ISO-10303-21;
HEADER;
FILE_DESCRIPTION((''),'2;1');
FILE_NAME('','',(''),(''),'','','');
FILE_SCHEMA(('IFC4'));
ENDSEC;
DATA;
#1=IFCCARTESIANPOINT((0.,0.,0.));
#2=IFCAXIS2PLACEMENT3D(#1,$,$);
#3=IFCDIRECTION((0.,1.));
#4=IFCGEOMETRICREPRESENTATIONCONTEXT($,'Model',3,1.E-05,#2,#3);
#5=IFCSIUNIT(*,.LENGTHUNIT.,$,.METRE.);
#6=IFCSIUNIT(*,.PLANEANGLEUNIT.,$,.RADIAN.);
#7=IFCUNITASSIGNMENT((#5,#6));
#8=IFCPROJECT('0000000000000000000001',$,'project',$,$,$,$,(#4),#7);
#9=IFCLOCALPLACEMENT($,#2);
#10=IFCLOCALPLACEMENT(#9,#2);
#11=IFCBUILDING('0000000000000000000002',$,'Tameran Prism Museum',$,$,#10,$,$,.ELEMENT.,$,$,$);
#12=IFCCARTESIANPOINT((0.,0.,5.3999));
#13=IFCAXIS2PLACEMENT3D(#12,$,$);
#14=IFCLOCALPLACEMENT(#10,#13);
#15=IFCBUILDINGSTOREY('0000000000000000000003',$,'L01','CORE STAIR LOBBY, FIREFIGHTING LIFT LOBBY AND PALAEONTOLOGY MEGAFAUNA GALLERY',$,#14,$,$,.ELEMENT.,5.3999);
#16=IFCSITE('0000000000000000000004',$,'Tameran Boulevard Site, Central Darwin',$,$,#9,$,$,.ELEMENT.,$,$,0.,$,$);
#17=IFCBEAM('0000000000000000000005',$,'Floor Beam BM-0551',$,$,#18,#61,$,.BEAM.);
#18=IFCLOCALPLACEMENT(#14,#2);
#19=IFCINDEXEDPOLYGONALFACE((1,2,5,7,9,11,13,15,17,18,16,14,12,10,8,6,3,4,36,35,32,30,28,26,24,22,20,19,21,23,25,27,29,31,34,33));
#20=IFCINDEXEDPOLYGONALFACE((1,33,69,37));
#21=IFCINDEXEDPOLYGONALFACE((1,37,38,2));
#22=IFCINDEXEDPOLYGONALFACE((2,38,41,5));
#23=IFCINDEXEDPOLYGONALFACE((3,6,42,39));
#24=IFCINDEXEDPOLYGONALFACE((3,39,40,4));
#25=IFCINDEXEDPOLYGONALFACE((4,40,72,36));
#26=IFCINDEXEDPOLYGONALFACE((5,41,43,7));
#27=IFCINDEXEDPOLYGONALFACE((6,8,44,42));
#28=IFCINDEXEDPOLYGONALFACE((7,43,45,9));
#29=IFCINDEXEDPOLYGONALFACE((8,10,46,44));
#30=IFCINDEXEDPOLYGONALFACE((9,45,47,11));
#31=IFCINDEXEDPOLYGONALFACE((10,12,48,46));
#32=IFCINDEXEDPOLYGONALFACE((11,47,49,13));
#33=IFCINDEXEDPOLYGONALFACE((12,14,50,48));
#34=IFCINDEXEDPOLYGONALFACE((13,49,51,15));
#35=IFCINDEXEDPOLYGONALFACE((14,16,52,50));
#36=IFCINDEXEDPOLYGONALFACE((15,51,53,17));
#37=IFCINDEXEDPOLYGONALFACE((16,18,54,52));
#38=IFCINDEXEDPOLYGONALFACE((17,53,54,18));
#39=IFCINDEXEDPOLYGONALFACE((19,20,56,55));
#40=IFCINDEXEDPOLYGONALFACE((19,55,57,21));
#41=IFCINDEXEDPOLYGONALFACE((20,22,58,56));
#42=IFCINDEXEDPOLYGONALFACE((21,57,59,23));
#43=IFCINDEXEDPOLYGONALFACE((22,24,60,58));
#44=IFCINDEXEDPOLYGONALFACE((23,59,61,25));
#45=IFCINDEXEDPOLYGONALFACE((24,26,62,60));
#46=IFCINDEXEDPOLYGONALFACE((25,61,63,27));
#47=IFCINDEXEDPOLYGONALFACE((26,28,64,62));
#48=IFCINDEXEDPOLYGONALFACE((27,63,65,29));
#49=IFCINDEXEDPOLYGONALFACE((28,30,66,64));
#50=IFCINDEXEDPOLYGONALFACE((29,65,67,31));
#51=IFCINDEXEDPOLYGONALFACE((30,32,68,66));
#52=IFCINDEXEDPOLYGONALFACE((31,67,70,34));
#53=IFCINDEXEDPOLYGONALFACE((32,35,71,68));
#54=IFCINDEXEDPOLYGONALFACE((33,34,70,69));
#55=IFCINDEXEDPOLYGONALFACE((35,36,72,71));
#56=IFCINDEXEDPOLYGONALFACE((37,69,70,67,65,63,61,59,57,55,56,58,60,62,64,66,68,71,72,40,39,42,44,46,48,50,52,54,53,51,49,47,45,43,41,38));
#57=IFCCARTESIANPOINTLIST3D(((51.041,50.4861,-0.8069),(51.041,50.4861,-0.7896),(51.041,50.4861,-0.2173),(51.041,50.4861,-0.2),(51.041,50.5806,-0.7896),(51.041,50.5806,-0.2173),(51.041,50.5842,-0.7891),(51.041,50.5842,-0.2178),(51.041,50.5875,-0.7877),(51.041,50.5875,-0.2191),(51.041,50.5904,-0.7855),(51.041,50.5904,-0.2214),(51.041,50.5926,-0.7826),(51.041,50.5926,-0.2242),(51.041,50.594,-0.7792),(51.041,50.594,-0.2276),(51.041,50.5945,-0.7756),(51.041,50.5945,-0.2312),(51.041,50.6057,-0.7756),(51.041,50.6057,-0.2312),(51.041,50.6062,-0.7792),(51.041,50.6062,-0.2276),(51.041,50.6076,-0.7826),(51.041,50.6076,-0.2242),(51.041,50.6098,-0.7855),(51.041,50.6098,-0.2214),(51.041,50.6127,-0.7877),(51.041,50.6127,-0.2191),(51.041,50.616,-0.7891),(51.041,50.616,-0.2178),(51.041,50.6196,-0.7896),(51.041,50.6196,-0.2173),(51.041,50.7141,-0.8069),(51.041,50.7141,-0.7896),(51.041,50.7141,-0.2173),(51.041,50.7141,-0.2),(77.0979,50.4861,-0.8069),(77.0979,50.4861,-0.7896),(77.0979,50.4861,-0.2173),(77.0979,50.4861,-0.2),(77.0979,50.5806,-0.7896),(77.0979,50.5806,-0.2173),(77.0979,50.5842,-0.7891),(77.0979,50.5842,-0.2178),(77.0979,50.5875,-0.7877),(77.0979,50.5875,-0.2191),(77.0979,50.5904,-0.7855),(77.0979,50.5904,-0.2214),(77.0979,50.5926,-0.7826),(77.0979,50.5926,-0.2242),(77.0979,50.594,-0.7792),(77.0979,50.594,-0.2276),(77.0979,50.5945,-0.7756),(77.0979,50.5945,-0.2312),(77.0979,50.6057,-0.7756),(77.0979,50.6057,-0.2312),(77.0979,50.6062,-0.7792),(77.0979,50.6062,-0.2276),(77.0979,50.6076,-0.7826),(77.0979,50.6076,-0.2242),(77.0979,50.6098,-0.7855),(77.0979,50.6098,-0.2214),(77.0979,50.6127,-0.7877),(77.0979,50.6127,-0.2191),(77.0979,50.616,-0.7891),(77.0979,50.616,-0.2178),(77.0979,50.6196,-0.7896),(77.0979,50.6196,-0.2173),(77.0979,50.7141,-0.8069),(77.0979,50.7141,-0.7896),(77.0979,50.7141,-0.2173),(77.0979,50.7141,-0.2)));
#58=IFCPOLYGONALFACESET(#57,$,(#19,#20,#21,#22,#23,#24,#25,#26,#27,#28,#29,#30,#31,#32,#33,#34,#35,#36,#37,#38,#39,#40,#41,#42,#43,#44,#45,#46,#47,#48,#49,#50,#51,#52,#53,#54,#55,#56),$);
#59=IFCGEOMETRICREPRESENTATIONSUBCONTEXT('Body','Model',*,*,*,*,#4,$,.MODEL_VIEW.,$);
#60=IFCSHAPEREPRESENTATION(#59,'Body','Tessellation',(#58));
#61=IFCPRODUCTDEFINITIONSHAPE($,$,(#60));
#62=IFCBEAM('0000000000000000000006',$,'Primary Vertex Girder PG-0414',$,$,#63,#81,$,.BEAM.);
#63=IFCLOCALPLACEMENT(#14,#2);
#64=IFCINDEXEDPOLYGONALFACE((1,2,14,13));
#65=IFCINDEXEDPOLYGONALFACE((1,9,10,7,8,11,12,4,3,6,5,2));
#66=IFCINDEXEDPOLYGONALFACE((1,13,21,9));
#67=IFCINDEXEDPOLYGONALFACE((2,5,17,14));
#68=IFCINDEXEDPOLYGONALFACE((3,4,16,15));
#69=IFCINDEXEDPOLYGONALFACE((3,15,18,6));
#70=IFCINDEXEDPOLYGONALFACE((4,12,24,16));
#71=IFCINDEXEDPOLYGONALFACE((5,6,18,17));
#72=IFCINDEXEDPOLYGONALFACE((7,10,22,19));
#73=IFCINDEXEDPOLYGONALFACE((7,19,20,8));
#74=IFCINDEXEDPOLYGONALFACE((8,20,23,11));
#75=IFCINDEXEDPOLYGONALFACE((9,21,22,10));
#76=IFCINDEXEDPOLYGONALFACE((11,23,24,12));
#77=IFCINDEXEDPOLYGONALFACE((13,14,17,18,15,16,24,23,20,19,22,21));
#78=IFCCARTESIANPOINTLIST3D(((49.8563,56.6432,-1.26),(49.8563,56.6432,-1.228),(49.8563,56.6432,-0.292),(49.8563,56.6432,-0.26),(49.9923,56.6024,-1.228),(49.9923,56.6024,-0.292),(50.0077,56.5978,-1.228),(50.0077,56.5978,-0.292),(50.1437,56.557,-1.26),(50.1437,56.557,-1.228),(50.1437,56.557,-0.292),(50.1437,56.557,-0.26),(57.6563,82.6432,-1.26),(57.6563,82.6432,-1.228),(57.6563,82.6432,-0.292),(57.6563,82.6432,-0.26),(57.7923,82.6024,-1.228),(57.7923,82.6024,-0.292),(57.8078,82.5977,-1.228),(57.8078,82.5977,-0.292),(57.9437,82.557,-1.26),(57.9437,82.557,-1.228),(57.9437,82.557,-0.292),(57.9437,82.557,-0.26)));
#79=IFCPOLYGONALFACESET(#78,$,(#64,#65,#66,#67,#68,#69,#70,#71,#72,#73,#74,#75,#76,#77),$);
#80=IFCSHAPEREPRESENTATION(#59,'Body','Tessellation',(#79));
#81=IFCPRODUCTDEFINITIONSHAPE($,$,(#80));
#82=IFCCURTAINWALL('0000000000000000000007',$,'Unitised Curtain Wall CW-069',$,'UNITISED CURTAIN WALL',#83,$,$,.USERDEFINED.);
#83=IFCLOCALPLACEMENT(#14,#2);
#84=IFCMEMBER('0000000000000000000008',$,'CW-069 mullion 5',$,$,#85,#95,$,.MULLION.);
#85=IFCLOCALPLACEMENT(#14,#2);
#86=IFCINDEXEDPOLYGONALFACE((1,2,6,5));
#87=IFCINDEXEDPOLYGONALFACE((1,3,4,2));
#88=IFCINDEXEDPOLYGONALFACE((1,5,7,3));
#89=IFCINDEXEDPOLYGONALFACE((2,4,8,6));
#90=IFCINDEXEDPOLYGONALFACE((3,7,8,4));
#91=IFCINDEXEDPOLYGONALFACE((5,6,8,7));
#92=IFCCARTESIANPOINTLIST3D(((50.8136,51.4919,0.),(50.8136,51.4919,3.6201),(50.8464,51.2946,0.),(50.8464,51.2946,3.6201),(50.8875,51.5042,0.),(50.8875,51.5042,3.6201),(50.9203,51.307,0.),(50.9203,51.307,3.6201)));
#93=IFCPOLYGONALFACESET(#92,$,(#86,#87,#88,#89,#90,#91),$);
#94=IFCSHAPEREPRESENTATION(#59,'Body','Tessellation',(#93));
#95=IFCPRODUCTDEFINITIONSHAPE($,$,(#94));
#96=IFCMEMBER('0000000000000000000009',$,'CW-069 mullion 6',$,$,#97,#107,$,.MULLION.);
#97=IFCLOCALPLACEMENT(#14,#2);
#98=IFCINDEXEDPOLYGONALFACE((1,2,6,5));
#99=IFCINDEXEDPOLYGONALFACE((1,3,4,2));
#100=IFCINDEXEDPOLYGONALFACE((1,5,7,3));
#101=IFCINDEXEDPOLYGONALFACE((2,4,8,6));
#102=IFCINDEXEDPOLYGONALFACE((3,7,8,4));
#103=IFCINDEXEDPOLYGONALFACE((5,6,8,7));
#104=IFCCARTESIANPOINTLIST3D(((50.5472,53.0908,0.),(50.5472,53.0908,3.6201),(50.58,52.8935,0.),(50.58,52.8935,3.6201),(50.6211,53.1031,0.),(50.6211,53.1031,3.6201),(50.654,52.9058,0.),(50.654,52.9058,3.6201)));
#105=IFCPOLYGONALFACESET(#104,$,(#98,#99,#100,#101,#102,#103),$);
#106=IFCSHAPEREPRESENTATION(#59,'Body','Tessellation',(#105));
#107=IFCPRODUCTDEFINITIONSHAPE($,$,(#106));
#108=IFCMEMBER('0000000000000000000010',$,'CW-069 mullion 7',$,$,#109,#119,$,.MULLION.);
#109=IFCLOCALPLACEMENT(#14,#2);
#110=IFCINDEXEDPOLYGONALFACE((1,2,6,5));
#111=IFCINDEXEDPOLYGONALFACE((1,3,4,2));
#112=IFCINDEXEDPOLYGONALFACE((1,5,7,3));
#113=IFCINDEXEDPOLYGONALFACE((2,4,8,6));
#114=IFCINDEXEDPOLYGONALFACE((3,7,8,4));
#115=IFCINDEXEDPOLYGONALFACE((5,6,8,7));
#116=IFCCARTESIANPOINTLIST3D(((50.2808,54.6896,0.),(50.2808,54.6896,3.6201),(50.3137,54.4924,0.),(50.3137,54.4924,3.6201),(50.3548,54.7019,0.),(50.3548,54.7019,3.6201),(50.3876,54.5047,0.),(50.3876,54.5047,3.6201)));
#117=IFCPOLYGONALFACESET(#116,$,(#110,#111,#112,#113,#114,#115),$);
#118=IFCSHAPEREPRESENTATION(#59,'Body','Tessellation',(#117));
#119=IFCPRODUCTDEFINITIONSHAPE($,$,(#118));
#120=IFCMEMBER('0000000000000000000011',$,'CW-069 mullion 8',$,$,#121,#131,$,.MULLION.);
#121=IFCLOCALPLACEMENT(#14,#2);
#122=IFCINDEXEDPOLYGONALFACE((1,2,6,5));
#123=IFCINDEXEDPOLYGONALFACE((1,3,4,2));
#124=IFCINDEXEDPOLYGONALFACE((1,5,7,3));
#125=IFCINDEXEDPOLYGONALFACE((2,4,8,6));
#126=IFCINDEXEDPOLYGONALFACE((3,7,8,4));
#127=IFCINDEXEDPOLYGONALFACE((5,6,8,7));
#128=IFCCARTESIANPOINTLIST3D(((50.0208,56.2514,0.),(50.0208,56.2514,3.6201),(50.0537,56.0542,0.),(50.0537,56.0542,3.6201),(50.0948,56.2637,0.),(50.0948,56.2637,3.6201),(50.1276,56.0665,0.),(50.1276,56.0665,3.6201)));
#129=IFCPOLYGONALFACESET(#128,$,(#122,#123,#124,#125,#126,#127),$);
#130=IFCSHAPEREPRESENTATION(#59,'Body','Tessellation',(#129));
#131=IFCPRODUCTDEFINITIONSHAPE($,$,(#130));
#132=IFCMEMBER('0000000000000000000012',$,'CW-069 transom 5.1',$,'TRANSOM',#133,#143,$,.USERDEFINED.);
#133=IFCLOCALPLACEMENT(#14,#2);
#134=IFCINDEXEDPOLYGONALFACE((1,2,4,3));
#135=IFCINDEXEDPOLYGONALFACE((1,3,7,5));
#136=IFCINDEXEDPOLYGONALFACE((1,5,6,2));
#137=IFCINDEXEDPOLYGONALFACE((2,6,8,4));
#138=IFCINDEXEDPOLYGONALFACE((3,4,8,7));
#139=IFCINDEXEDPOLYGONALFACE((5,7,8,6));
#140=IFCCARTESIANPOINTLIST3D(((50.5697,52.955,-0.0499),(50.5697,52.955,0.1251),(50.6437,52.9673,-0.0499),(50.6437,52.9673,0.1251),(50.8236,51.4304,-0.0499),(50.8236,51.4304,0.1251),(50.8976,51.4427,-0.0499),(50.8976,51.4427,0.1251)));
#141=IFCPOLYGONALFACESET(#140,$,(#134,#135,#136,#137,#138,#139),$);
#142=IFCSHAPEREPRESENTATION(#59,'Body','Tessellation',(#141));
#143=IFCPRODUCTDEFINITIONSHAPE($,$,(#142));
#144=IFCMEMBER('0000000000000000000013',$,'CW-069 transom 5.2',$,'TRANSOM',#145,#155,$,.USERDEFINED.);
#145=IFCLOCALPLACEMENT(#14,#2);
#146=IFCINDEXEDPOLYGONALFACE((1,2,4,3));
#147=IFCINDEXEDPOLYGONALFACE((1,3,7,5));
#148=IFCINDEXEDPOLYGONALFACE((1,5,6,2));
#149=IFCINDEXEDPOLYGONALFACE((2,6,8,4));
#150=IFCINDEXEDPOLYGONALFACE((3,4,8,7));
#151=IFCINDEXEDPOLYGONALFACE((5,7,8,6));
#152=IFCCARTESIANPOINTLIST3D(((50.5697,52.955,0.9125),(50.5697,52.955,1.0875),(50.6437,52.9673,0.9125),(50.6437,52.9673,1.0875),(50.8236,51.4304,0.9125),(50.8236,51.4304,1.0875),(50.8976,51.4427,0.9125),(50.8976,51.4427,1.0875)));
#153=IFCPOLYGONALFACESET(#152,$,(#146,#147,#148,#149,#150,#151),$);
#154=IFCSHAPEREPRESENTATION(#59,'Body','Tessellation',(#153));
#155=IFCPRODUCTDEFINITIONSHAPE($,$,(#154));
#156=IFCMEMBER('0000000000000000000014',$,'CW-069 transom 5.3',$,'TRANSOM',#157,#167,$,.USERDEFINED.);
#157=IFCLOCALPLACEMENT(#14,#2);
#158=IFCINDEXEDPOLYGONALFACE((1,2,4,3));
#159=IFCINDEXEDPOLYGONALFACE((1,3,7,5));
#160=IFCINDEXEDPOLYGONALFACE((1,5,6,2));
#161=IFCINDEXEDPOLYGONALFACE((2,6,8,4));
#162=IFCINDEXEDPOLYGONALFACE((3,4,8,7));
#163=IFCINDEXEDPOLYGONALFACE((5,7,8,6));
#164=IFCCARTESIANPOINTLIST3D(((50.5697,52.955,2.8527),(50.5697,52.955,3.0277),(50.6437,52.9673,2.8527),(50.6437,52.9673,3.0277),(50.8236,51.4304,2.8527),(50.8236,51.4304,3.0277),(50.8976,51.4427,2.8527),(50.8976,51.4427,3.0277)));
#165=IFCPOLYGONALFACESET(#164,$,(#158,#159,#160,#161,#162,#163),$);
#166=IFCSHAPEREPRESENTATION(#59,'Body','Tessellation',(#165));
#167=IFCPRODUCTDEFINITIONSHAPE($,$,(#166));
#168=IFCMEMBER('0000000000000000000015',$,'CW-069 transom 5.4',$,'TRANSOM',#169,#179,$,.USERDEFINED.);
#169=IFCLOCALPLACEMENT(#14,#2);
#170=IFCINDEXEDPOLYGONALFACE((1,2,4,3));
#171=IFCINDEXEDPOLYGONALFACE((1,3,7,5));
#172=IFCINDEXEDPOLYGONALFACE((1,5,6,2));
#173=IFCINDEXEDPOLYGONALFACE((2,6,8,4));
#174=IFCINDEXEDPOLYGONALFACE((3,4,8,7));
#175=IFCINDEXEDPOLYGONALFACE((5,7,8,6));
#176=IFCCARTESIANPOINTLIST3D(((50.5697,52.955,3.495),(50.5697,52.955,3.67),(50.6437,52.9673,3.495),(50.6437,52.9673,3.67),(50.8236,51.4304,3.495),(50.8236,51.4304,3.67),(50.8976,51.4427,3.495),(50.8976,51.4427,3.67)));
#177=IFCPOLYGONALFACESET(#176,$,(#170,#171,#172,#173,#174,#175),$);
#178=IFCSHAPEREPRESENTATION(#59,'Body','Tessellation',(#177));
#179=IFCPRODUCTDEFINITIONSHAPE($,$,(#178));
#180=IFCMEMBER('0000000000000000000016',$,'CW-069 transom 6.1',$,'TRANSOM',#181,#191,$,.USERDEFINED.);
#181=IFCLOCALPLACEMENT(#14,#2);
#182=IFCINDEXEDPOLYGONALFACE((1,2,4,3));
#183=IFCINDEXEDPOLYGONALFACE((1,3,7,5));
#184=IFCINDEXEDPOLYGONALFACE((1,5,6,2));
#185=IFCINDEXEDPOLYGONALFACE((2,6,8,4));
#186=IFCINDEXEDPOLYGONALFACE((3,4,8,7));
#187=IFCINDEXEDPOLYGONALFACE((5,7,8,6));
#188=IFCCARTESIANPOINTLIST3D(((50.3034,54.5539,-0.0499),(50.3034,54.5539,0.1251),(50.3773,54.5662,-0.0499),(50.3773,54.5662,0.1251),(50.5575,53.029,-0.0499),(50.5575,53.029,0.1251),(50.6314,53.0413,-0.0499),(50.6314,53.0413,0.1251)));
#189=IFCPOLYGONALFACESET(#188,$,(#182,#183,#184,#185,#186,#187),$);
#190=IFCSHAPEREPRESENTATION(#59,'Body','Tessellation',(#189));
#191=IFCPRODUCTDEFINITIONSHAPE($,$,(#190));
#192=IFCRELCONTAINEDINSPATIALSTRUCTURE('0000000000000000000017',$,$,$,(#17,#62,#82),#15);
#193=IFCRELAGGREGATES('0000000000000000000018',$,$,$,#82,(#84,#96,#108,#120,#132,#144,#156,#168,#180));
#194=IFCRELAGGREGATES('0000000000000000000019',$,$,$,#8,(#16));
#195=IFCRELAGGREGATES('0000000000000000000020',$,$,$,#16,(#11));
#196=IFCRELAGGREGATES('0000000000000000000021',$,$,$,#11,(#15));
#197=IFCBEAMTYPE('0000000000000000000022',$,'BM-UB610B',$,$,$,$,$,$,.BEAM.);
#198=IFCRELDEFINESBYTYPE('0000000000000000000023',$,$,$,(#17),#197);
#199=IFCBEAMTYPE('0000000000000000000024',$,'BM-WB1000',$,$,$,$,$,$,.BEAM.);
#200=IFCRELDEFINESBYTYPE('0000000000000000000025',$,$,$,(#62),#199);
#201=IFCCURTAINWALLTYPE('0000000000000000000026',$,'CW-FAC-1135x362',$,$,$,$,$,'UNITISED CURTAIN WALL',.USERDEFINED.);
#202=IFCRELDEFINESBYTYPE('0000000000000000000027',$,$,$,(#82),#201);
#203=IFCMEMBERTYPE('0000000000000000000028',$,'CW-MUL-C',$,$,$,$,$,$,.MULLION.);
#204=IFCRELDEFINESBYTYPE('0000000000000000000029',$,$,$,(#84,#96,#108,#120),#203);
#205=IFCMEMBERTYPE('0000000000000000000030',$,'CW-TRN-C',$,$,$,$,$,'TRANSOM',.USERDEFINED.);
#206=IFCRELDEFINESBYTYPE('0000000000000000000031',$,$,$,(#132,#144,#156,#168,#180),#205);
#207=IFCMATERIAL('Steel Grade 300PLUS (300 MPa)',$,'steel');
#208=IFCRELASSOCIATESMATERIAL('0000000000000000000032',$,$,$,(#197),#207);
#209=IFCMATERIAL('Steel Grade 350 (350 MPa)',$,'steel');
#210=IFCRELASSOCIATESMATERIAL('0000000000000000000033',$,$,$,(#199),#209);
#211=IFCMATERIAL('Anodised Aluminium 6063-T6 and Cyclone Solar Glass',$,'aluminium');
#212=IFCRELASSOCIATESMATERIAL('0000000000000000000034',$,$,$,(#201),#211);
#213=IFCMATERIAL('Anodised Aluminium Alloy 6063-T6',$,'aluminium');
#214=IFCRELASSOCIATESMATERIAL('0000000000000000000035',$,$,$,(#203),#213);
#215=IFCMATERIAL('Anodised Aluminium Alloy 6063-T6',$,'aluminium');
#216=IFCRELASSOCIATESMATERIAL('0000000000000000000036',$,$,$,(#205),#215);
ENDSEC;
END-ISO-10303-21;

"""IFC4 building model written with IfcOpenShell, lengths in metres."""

from ifc_helpers import new_model, si_unit, direction, frame, origin, origin_2d, place, context, subcontext, project, spatial, rectangle, i_section, extrude, material, material_profile, profile_set, type_object, element, aggregate, save


model = new_model("IFC4")

# Units and contexts
model_context = context("Model", 3, precision=1e-05, world=origin(), true_north=direction((0.0, 1.0)))
body_context = subcontext(model_context, "Body", "Model", "MODEL_VIEW")
ifc_project = project(units=[si_unit("LENGTHUNIT", "METRE"), si_unit("PLANEANGLEUNIT", "RADIAN")], contexts=[model_context])

# Site, building, storey
site_placement = place(None, origin())
site = spatial("IfcSite", under=ifc_project, at=site_placement, Name="Tameran Boulevard Site, Central Darwin", CompositionType="ELEMENT", RefElevation=0.0)
building_placement = place(site_placement, origin())
building = spatial("IfcBuilding", under=site, at=building_placement, Name="Tameran Prism Museum", CompositionType="ELEMENT")
storey_placement = place(building_placement, frame((0.0, 0.0, 5.3999)))
storey = spatial("IfcBuildingStorey", under=building, at=storey_placement, Name="L01", Description="CORE STAIR LOBBY, FIREFIGHTING LIFT LOBBY AND PALAEONTOLOGY MEGAFAUNA GALLERY", CompositionType="ELEMENT", Elevation=5.3999)

# Beams
ifc_material_1 = material(Name="Steel Grade 300PLUS (300 MPa)", Category="steel")
ifc_material_profile_1 = material_profile(ifc_material_1, i_section(OverallWidth=0.228, OverallDepth=0.6069, WebThickness=0.0112, FlangeThickness=0.0173, FilletRadius=0.0139, at=origin_2d()))
ifc_profile_set_1 = profile_set([ifc_material_profile_1])
beam_type_1 = type_object("IfcBeamType", Name="BM-UB610B", PredefinedType="BEAM", material=ifc_profile_set_1)
beam_1_placement = place(storey_placement, frame((51.041, 50.6001, -0.5034), z_axis=(1.0, 0.0, 0.0), x_axis=(0.0, 1.0, 0.0)))
element("IfcBeam", 1, at=beam_1_placement, inside=storey, type_object=beam_type_1, Name="Floor Beam BM-0551", PredefinedType="BEAM", context=body_context, shape_type="SweptSolid", body=[
    extrude(i_section(OverallWidth=0.228, OverallDepth=0.6069, WebThickness=0.0112, FlangeThickness=0.0173, FilletRadius=0.0139, at=origin_2d()), origin(), (0.0, 0.0, 1.0), 26.0569),
])
ifc_material_2 = material(Name="Steel Grade 350 (350 MPa)", Category="steel")
ifc_material_profile_2 = material_profile(ifc_material_2, i_section(OverallWidth=0.3, OverallDepth=1.0, WebThickness=0.0161, FlangeThickness=0.032, at=origin_2d()))
ifc_profile_set_2 = profile_set([ifc_material_profile_2])
beam_type_2 = type_object("IfcBeamType", Name="BM-WB1000", PredefinedType="BEAM", material=ifc_profile_set_2)
beam_2_placement = place(storey_placement, frame((50.0, 56.6001, -0.76), z_axis=(0.28735, 0.957826, 0.0), x_axis=(-0.957826, 0.28735, 0.0)))
element("IfcBeam", 2, at=beam_2_placement, inside=storey, type_object=beam_type_2, Name="Primary Vertex Girder PG-0414", PredefinedType="BEAM", context=body_context, shape_type="SweptSolid", body=[
    extrude(i_section(OverallWidth=0.3, OverallDepth=1.0, WebThickness=0.0161, FlangeThickness=0.032, at=origin_2d()), origin(), (0.0, 0.0, 1.0), 27.1448),
])

# Curtain wall, members
ifc_material_3 = material(Name="Anodised Aluminium 6063-T6 and Cyclone Solar Glass", Category="aluminium")
curtain_wall_type = type_object("IfcCurtainWallType", Name="CW-FAC-1135x362", ElementType="UNITISED CURTAIN WALL", PredefinedType="USERDEFINED", material=ifc_material_3)
curtain_wall_placement = place(storey_placement, origin())
curtain_wall = element("IfcCurtainWall", 3, at=curtain_wall_placement, inside=storey, type_object=curtain_wall_type, Name="Unitised Curtain Wall CW-069", ObjectType="UNITISED CURTAIN WALL", PredefinedType="USERDEFINED")
ifc_material_4 = material(Name="Anodised Aluminium Alloy 6063-T6", Category="aluminium")
ifc_material_profile_3 = material_profile(ifc_material_4, rectangle(XDim=0.075, YDim=0.2, at=origin_2d()))
ifc_profile_set_3 = profile_set([ifc_material_profile_3])
member_type_1 = type_object("IfcMemberType", Name="CW-MUL-C", PredefinedType="MULLION", material=ifc_profile_set_3)
member_1_placement = place(storey_placement, frame((50.8669, 51.3994, 0.0), z_axis=(0.0, 0.0, 1.0), x_axis=(-0.986413, -0.164285, 0.0)))
member_1 = element("IfcMember", 4, at=member_1_placement, type_object=member_type_1, Name="CW-069 mullion 5", PredefinedType="MULLION", context=body_context, shape_type="SweptSolid", body=[
    extrude(rectangle(XDim=0.075, YDim=0.2, at=origin_2d()), origin(), (0.0, 0.0, 1.0), 3.6201),
])
member_2_placement = place(storey_placement, frame((50.6006, 52.9983, 0.0), z_axis=(0.0, 0.0, 1.0), x_axis=(-0.986413, -0.164285, 0.0)))
member_2 = element("IfcMember", 5, at=member_2_placement, type_object=member_type_1, Name="CW-069 mullion 6", PredefinedType="MULLION", context=body_context, shape_type="SweptSolid", body=[
    extrude(rectangle(XDim=0.075, YDim=0.2, at=origin_2d()), origin(), (0.0, 0.0, 1.0), 3.6201),
])
member_3_placement = place(storey_placement, frame((50.3342, 54.5972, 0.0), z_axis=(0.0, 0.0, 1.0), x_axis=(-0.986413, -0.164285, 0.0)))
member_3 = element("IfcMember", 6, at=member_3_placement, type_object=member_type_1, Name="CW-069 mullion 7", PredefinedType="MULLION", context=body_context, shape_type="SweptSolid", body=[
    extrude(rectangle(XDim=0.075, YDim=0.2, at=origin_2d()), origin(), (0.0, 0.0, 1.0), 3.6201),
])
member_4_placement = place(storey_placement, frame((50.0742, 56.1589, 0.0), z_axis=(0.0, 0.0, 1.0), x_axis=(-0.986413, -0.164285, 0.0)))
member_4 = element("IfcMember", 7, at=member_4_placement, type_object=member_type_1, Name="CW-069 mullion 8", PredefinedType="MULLION", context=body_context, shape_type="SweptSolid", body=[
    extrude(rectangle(XDim=0.075, YDim=0.2, at=origin_2d()), origin(), (0.0, 0.0, 1.0), 3.6201),
])
ifc_material_5 = material(Name="Anodised Aluminium Alloy 6063-T6", Category="aluminium")
ifc_material_profile_4 = material_profile(ifc_material_5, rectangle(XDim=0.075, YDim=0.175, at=origin_2d()))
ifc_profile_set_4 = profile_set([ifc_material_profile_4])
member_type_2 = type_object("IfcMemberType", Name="CW-TRN-C", ElementType="TRANSOM", PredefinedType="USERDEFINED", material=ifc_profile_set_4)
member_5_placement = place(storey_placement, frame((50.8606, 51.4365, 0.0376), z_axis=(-0.164271, 0.986415, 0.0), x_axis=(-0.986415, -0.164271, 0.0)))
member_5 = element("IfcMember", 8, at=member_5_placement, type_object=member_type_2, Name="CW-069 transom 5.1", ObjectType="TRANSOM", PredefinedType="USERDEFINED", context=body_context, shape_type="SweptSolid", body=[
    extrude(rectangle(XDim=0.075, YDim=0.175, at=origin_2d()), origin(), (0.0, 0.0, 1.0), 1.5457),
])
member_6_placement = place(storey_placement, frame((50.8606, 51.4365, 1.0), z_axis=(-0.164271, 0.986415, 0.0), x_axis=(-0.986415, -0.164271, 0.0)))
member_6 = element("IfcMember", 9, at=member_6_placement, type_object=member_type_2, Name="CW-069 transom 5.2", ObjectType="TRANSOM", PredefinedType="USERDEFINED", context=body_context, shape_type="SweptSolid", body=[
    extrude(rectangle(XDim=0.075, YDim=0.175, at=origin_2d()), origin(), (0.0, 0.0, 1.0), 1.5457),
])
member_7_placement = place(storey_placement, frame((50.8606, 51.4365, 2.9402), z_axis=(-0.164271, 0.986415, 0.0), x_axis=(-0.986415, -0.164271, 0.0)))
member_7 = element("IfcMember", 10, at=member_7_placement, type_object=member_type_2, Name="CW-069 transom 5.3", ObjectType="TRANSOM", PredefinedType="USERDEFINED", context=body_context, shape_type="SweptSolid", body=[
    extrude(rectangle(XDim=0.075, YDim=0.175, at=origin_2d()), origin(), (0.0, 0.0, 1.0), 1.5457),
])
member_8_placement = place(storey_placement, frame((50.8606, 51.4365, 3.5825), z_axis=(-0.164271, 0.986415, 0.0), x_axis=(-0.986415, -0.164271, 0.0)))
member_8 = element("IfcMember", 11, at=member_8_placement, type_object=member_type_2, Name="CW-069 transom 5.4", ObjectType="TRANSOM", PredefinedType="USERDEFINED", context=body_context, shape_type="SweptSolid", body=[
    extrude(rectangle(XDim=0.075, YDim=0.175, at=origin_2d()), origin(), (0.0, 0.0, 1.0), 1.5457),
])
member_9_placement = place(storey_placement, frame((50.5945, 53.0352, 0.0376), z_axis=(-0.164399, 0.986394, 0.0), x_axis=(-0.986394, -0.164399, 0.0)))
member_9 = element("IfcMember", 12, at=member_9_placement, type_object=member_type_2, Name="CW-069 transom 6.1", ObjectType="TRANSOM", PredefinedType="USERDEFINED", context=body_context, shape_type="SweptSolid", body=[
    extrude(rectangle(XDim=0.075, YDim=0.175, at=origin_2d()), origin(), (0.0, 0.0, 1.0), 1.5459),
])
aggregate(curtain_wall, [member_1, member_2, member_3, member_4, member_5, member_6, member_7, member_8, member_9])

save(model, "model.ifc")
